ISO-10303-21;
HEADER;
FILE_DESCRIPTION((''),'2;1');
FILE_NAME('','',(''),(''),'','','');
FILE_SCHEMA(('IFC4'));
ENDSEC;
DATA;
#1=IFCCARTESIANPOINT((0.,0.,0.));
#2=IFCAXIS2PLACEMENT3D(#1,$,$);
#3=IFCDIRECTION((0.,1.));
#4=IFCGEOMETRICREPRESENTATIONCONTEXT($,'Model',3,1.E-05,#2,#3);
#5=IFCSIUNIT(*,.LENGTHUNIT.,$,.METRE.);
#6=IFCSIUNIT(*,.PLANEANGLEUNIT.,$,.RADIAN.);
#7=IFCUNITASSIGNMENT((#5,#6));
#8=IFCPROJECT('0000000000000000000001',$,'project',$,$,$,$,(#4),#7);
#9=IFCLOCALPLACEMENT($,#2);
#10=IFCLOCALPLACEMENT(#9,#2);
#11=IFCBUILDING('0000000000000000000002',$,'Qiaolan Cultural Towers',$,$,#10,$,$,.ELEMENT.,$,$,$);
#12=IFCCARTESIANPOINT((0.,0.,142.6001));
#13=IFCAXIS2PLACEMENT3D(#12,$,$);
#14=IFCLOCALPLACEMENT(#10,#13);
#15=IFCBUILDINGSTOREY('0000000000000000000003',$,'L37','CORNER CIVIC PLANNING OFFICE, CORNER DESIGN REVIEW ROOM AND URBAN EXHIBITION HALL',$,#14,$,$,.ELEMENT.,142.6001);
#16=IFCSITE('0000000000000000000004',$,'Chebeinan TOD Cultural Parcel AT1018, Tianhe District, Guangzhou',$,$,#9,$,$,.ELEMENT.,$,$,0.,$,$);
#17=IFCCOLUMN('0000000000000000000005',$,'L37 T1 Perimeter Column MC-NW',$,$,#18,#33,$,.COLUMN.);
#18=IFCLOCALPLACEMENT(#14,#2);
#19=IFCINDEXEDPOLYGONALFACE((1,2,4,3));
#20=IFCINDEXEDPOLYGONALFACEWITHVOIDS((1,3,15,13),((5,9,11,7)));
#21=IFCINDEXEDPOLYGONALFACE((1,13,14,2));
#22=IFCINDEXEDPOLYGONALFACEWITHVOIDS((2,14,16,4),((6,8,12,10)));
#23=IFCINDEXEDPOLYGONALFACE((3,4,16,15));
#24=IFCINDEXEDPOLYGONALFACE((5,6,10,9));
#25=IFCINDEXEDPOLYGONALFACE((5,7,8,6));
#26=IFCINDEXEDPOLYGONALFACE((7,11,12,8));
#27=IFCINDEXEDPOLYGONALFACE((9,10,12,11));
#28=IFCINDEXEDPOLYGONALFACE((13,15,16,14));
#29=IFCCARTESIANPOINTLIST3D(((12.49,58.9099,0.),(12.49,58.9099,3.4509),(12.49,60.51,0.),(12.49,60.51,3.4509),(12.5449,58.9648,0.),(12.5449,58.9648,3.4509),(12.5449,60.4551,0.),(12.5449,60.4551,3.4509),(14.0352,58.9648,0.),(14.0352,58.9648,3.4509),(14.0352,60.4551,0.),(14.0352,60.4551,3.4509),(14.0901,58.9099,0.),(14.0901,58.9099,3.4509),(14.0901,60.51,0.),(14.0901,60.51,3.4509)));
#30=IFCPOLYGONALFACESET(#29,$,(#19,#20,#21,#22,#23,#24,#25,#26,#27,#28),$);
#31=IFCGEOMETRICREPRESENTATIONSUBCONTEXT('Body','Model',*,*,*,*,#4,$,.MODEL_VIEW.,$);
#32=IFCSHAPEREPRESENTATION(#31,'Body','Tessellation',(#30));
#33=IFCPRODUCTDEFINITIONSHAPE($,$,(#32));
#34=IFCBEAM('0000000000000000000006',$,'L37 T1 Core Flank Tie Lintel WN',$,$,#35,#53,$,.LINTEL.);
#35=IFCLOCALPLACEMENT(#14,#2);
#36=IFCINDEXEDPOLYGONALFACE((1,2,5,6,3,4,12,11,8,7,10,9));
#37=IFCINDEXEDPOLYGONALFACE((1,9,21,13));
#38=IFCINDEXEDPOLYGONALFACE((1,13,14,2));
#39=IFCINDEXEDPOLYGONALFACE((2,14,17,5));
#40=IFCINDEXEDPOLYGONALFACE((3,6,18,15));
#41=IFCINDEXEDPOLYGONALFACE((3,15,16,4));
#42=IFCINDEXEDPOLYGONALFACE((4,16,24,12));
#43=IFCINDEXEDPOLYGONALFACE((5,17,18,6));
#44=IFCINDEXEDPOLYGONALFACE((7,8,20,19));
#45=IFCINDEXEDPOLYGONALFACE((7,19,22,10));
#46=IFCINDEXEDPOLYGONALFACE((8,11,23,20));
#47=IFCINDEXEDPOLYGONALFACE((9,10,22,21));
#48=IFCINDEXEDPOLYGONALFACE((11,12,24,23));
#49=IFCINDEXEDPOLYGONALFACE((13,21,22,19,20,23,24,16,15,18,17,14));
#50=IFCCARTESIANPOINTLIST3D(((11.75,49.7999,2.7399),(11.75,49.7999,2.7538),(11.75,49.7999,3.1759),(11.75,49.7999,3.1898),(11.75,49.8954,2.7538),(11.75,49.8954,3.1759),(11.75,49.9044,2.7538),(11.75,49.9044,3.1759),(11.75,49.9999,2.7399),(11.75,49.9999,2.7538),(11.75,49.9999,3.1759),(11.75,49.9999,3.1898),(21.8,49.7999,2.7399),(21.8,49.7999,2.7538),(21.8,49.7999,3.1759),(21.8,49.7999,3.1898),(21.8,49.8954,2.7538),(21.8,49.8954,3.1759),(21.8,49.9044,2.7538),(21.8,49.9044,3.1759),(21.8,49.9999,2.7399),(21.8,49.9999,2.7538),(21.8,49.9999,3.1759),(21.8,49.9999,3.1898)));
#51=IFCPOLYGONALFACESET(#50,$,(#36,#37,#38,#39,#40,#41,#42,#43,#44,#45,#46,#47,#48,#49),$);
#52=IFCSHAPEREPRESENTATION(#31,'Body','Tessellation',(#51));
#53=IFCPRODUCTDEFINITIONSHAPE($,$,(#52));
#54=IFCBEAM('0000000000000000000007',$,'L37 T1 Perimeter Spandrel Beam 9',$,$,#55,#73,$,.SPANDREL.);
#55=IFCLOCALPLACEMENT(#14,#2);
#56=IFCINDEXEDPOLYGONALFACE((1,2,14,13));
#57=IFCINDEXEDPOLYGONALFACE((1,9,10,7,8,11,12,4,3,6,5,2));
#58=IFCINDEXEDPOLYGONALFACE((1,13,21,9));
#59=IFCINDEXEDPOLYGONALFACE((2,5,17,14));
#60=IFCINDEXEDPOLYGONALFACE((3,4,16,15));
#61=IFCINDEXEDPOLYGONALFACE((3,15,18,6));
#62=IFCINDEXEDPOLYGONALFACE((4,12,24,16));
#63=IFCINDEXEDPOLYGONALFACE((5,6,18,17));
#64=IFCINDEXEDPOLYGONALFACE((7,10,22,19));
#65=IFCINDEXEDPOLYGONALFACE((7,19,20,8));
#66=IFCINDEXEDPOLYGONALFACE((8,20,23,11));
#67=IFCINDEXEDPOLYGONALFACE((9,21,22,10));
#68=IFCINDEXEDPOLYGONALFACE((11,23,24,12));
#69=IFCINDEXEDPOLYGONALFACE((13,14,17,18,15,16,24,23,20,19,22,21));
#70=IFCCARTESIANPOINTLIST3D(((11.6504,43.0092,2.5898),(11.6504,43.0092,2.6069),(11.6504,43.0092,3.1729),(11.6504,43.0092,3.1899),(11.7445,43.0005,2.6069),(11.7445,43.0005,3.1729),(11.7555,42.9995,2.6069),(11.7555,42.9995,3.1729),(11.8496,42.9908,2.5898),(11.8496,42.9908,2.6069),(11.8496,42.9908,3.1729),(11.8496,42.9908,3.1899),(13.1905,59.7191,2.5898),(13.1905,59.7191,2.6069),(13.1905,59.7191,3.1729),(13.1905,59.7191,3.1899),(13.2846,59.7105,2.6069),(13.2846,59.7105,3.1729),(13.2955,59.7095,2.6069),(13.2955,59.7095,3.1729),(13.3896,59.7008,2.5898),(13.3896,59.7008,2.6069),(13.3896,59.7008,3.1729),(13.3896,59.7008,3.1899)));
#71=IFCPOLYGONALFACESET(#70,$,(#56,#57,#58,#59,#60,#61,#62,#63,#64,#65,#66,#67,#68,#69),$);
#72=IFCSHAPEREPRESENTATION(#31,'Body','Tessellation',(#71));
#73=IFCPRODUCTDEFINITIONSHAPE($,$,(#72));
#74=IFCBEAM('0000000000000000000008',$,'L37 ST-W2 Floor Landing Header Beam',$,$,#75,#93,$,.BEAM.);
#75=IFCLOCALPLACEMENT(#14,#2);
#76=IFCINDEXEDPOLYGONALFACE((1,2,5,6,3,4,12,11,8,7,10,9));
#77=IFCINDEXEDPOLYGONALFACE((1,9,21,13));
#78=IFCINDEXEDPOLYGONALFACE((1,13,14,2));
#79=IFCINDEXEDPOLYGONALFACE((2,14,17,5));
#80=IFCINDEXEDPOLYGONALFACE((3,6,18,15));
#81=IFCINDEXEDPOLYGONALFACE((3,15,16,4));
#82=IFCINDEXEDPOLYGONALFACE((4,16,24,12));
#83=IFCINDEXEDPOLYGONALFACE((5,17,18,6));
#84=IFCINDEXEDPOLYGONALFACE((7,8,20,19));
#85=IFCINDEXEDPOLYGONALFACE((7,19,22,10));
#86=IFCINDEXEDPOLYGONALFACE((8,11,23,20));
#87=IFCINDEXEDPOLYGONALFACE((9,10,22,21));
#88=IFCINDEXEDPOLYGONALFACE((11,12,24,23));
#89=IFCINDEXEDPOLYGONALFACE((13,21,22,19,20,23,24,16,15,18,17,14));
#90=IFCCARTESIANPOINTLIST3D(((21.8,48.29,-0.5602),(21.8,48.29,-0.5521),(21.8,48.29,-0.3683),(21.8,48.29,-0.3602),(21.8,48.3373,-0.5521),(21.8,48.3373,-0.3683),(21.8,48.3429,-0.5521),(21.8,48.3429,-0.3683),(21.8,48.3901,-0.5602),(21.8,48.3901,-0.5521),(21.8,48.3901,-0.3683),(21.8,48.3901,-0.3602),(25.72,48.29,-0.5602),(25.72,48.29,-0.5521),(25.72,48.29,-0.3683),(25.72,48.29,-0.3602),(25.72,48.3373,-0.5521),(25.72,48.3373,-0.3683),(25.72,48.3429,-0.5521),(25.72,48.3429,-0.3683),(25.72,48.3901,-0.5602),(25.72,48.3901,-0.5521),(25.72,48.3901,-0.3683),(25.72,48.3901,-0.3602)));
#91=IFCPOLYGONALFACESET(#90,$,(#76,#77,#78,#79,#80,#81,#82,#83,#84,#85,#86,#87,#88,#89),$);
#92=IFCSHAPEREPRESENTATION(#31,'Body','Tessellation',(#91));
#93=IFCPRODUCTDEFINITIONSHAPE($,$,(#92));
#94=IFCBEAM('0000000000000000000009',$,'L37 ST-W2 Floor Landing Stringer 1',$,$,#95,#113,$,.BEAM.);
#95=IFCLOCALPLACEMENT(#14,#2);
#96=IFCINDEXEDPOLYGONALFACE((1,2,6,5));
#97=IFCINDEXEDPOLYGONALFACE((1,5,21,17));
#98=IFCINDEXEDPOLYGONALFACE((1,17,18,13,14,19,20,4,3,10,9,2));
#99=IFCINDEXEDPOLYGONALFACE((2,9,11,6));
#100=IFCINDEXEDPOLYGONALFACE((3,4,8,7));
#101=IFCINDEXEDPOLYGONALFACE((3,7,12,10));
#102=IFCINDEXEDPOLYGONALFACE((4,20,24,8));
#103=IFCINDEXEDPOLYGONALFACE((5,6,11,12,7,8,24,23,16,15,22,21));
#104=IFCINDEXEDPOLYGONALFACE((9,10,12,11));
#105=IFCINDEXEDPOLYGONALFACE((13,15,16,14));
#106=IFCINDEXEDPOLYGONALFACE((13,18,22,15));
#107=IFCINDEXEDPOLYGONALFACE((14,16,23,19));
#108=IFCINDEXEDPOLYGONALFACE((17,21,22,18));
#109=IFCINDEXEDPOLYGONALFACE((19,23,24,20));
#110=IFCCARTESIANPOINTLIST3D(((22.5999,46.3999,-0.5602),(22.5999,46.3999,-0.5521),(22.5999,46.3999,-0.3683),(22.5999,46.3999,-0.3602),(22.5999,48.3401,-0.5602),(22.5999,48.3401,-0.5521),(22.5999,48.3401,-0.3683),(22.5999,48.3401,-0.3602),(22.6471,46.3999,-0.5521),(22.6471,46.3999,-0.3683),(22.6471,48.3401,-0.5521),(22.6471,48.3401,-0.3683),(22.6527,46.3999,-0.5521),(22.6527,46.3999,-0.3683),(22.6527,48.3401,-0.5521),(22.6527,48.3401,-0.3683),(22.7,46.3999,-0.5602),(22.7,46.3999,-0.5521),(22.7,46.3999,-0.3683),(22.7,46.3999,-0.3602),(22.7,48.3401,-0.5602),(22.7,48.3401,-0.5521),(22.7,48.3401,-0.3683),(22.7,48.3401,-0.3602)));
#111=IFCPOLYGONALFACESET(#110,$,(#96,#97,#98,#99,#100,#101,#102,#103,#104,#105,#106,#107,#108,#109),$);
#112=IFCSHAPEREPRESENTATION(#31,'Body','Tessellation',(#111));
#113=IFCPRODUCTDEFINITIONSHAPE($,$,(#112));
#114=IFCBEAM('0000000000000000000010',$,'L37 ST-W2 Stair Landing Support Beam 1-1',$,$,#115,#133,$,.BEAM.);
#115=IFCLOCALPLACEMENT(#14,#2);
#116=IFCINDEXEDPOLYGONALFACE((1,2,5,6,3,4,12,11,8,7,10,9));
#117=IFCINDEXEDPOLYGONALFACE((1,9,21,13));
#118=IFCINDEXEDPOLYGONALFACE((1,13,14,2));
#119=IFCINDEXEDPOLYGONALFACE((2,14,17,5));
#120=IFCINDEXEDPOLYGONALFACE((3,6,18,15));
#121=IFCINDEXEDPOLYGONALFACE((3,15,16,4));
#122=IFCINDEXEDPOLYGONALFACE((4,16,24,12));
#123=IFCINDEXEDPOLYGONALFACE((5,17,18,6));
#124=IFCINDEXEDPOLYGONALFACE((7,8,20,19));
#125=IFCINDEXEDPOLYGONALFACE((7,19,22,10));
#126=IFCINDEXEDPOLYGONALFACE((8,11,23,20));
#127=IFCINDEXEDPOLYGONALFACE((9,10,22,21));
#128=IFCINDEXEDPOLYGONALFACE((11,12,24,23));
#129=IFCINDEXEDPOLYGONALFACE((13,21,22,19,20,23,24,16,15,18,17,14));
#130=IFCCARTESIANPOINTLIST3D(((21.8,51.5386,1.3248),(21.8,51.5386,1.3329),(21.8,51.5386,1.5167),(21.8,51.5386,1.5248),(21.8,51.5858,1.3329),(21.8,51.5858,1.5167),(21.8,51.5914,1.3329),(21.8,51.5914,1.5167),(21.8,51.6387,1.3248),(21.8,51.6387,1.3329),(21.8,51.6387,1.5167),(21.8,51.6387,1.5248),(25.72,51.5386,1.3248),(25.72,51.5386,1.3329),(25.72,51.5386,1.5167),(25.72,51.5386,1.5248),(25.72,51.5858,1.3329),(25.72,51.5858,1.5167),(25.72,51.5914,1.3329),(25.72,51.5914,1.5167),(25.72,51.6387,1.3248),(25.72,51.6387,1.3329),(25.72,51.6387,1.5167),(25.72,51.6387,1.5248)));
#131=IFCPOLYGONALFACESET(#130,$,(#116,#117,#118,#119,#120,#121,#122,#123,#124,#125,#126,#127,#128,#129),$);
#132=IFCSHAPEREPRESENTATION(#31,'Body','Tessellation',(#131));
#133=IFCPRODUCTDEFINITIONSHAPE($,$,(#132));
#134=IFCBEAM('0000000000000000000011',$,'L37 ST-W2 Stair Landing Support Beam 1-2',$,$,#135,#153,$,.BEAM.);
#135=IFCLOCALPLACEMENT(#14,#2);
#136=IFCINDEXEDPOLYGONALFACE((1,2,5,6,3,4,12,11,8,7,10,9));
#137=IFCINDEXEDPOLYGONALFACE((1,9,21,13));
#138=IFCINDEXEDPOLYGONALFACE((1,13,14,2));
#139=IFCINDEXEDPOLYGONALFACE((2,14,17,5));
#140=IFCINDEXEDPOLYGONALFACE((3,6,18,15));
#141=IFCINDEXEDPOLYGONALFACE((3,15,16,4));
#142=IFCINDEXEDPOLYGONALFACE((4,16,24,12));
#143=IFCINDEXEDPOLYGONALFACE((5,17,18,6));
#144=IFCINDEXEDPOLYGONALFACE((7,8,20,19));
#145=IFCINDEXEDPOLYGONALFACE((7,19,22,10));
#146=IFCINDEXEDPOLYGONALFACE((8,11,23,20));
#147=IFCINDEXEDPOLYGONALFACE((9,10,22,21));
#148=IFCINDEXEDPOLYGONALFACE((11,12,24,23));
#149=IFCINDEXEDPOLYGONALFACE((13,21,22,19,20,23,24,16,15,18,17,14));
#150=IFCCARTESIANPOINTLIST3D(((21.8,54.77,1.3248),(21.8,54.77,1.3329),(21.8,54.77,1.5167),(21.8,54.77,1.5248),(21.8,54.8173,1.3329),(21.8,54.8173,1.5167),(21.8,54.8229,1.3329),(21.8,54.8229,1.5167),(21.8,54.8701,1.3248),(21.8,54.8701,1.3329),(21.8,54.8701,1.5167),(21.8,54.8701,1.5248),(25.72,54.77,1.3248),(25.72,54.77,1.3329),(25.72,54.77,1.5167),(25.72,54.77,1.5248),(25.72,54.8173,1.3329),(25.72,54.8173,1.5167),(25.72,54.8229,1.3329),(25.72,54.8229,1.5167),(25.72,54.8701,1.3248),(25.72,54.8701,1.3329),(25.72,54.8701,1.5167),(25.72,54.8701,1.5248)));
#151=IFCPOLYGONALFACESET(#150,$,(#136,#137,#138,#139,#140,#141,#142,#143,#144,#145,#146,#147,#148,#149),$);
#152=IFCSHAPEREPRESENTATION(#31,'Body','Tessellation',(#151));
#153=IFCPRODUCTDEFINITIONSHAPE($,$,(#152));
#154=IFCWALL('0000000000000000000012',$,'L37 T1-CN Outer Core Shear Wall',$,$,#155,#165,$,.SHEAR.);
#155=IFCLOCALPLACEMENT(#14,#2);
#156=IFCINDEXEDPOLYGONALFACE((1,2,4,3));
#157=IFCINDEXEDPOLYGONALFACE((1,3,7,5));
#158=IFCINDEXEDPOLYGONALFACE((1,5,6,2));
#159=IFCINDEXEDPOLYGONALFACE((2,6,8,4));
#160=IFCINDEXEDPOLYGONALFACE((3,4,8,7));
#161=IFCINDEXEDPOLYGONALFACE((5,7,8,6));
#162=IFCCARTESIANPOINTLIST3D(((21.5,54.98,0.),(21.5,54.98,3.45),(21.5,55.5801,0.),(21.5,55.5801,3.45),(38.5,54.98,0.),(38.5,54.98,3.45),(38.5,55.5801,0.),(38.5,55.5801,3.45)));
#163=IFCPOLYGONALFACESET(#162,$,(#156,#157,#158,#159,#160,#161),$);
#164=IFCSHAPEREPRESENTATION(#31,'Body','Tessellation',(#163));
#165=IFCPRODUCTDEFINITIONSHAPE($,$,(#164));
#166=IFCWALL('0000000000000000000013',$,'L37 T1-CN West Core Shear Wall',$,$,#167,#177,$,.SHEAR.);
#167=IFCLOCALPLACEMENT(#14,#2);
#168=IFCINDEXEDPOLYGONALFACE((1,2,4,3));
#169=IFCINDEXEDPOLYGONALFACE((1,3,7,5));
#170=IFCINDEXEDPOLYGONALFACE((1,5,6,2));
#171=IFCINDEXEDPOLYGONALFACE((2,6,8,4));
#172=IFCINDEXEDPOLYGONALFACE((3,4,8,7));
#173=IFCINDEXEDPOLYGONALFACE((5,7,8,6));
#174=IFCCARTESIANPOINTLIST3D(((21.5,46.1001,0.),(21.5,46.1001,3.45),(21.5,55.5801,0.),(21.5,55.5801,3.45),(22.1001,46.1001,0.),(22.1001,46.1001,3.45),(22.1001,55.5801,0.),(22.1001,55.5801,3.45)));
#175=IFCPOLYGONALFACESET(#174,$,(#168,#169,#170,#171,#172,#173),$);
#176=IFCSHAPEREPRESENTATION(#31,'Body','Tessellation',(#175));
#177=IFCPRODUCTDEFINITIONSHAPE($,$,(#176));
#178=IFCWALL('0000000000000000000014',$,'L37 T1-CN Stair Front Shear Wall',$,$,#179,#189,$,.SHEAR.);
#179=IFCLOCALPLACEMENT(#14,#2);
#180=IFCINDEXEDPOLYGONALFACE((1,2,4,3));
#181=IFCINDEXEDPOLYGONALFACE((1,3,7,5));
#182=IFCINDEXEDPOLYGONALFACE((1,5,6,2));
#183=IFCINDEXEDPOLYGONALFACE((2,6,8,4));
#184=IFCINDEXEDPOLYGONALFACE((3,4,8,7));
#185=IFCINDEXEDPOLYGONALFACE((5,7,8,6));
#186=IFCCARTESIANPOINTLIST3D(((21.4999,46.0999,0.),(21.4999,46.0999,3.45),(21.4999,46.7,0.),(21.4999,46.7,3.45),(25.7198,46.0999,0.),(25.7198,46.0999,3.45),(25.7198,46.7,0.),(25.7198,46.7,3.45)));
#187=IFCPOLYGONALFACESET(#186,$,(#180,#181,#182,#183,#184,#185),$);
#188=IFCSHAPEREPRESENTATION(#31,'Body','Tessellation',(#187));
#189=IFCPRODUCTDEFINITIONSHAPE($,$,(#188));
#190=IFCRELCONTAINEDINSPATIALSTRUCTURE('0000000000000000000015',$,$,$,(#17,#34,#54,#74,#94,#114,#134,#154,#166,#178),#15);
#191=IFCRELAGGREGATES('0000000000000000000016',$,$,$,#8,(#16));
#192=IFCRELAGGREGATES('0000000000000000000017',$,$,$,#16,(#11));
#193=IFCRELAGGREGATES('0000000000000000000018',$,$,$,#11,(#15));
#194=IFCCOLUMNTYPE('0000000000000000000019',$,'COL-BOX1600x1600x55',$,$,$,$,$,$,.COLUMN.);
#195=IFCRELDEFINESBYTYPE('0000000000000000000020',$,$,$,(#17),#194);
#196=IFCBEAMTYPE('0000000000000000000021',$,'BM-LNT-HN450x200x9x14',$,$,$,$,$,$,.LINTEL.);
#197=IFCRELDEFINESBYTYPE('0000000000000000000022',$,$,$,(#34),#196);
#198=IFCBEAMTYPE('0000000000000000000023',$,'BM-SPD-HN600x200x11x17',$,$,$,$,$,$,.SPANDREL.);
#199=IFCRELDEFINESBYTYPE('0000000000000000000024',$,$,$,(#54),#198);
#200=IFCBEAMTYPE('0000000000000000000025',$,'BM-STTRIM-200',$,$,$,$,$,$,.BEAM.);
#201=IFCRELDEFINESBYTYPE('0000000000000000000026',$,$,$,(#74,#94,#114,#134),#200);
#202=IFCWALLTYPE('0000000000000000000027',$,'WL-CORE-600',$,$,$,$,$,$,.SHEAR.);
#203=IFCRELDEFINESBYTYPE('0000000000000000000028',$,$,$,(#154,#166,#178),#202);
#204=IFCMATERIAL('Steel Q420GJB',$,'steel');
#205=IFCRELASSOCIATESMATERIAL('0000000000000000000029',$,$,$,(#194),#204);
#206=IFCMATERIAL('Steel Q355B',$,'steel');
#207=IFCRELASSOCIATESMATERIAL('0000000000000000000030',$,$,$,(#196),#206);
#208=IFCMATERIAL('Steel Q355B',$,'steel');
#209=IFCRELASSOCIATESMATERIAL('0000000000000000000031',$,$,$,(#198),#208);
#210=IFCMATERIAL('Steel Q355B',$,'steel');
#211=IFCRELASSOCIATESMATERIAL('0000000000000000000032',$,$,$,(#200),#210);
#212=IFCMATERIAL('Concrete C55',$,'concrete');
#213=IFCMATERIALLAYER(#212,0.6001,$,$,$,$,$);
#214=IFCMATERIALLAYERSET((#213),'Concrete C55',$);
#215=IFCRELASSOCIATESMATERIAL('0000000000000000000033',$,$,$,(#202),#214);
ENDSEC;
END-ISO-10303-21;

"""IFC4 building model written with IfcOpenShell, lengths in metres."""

from ifc_helpers import new_model, si_unit, direction, frame, frame_2d, origin, origin_2d, place, context, subcontext, project, spatial, rectangle, hollow_rectangle, i_section, extrude, material, layer, layer_set, material_profile, profile_set, type_object, element, save


model = new_model("IFC4")

# Units and contexts
model_context = context("Model", 3, precision=1e-05, world=origin(), true_north=direction((0.0, 1.0)))
body_context = subcontext(model_context, "Body", "Model", "MODEL_VIEW")
ifc_project = project(units=[si_unit("LENGTHUNIT", "METRE"), si_unit("PLANEANGLEUNIT", "RADIAN")], contexts=[model_context])

# Site, building, storey
site_placement = place(None, origin())
site = spatial("IfcSite", under=ifc_project, at=site_placement, Name="Chebeinan TOD Cultural Parcel AT1018, Tianhe District, Guangzhou", CompositionType="ELEMENT", RefElevation=0.0)
building_placement = place(site_placement, origin())
building = spatial("IfcBuilding", under=site, at=building_placement, Name="Qiaolan Cultural Towers", CompositionType="ELEMENT")
storey_placement = place(building_placement, frame((0.0, 0.0, 142.6001)))
storey = spatial("IfcBuildingStorey", under=building, at=storey_placement, Name="L37", Description="CORNER CIVIC PLANNING OFFICE, CORNER DESIGN REVIEW ROOM AND URBAN EXHIBITION HALL", CompositionType="ELEMENT", Elevation=142.6001)

# Column
ifc_material_1 = material(Name="Steel Q420GJB", Category="steel")
ifc_material_profile_1 = material_profile(ifc_material_1, hollow_rectangle(XDim=1.6001, YDim=1.6001, WallThickness=0.0549, at=origin_2d()), Name="BOX1600x1600x55")
ifc_profile_set_1 = profile_set([ifc_material_profile_1], Name="Steel Q420GJB")
column_type = type_object("IfcColumnType", Name="COL-BOX1600x1600x55", PredefinedType="COLUMN", material=ifc_profile_set_1)
column_placement = place(storey_placement, frame((13.29, 59.71, 0.0), z_axis=(0.0, 0.0, 1.0), x_axis=(1.0, 0.0, 0.0)))
element("IfcColumn", 1, at=column_placement, inside=storey, type_object=column_type, Name="L37 T1 Perimeter Column MC-NW", PredefinedType="COLUMN", context=body_context, shape_type="SweptSolid", body=[
    extrude(hollow_rectangle(XDim=1.6001, YDim=1.6001, WallThickness=0.0549, at=origin_2d()), origin(), (0.0, 0.0, 1.0), 3.4509),
])

# Beams
ifc_material_2 = material(Name="Steel Q355B", Category="steel")
ifc_material_profile_2 = material_profile(ifc_material_2, i_section(OverallWidth=0.2, OverallDepth=0.45, WebThickness=0.009, FlangeThickness=0.0139, at=origin_2d()), Name="HN450x200x9x14")
ifc_profile_set_2 = profile_set([ifc_material_profile_2], Name="Steel Q355B")
beam_type_1 = type_object("IfcBeamType", Name="BM-LNT-HN450x200x9x14", PredefinedType="LINTEL", material=ifc_profile_set_2)
beam_1_placement = place(storey_placement, frame((21.8, 49.8999, 2.9648), z_axis=(-1.0, 0.0, 0.0), x_axis=(0.0, -1.0, 0.0)))
element("IfcBeam", 2, at=beam_1_placement, inside=storey, type_object=beam_type_1, Name="L37 T1 Core Flank Tie Lintel WN", PredefinedType="LINTEL", context=body_context, shape_type="SweptSolid", body=[
    extrude(i_section(OverallWidth=0.2, OverallDepth=0.45, WebThickness=0.009, FlangeThickness=0.0139, at=origin_2d()), origin(), (0.0, 0.0, 1.0), 10.05),
])
ifc_material_3 = material(Name="Steel Q355B", Category="steel")
ifc_material_profile_3 = material_profile(ifc_material_3, i_section(OverallWidth=0.2, OverallDepth=0.6001, WebThickness=0.011, FlangeThickness=0.0171, at=origin_2d()), Name="HN600x200x11x17")
ifc_profile_set_3 = profile_set([ifc_material_profile_3], Name="Steel Q355B")
beam_type_2 = type_object("IfcBeamType", Name="BM-SPD-HN600x200x11x17", PredefinedType="SPANDREL", material=ifc_profile_set_3)
beam_2_placement = place(storey_placement, frame((13.29, 59.71, 2.8899), z_axis=(-0.091774, -0.99578, 0.0), x_axis=(0.99578, -0.091774, 0.0)))
element("IfcBeam", 3, at=beam_2_placement, inside=storey, type_object=beam_type_2, Name="L37 T1 Perimeter Spandrel Beam 9", PredefinedType="SPANDREL", context=body_context, shape_type="SweptSolid", body=[
    extrude(i_section(OverallWidth=0.2, OverallDepth=0.6001, WebThickness=0.011, FlangeThickness=0.0171, at=origin_2d()), origin(), (0.0, 0.0, 1.0), 16.7808),
])
ifc_material_4 = material(Name="Steel Q355B", Category="steel")
ifc_material_profile_4 = material_profile(ifc_material_4, i_section(OverallWidth=0.1001, OverallDepth=0.2, WebThickness=0.0056, FlangeThickness=0.0081, at=origin_2d()), Name="HN200x100x5.5x8")
ifc_profile_set_4 = profile_set([ifc_material_profile_4], Name="Steel Q355B")
beam_type_3 = type_object("IfcBeamType", Name="BM-STTRIM-200", PredefinedType="BEAM", material=ifc_profile_set_4)
beam_3_placement = place(storey_placement, frame((21.8, 48.3401, -0.4602), z_axis=(1.0, 0.0, 0.0), x_axis=(0.0, 1.0, 0.0)))
element("IfcBeam", 4, at=beam_3_placement, inside=storey, type_object=beam_type_3, Name="L37 ST-W2 Floor Landing Header Beam", PredefinedType="BEAM", context=body_context, shape_type="SweptSolid", body=[
    extrude(i_section(OverallWidth=0.1001, OverallDepth=0.2, WebThickness=0.0056, FlangeThickness=0.0081, at=origin_2d()), origin(), (0.0, 0.0, 1.0), 3.9199),
])
beam_4_placement = place(storey_placement, frame((22.6499, 46.3999, -0.4602), z_axis=(0.0, 1.0, 0.0), x_axis=(-1.0, 0.0, 0.0)))
element("IfcBeam", 5, at=beam_4_placement, inside=storey, type_object=beam_type_3, Name="L37 ST-W2 Floor Landing Stringer 1", PredefinedType="BEAM", context=body_context, shape_type="SweptSolid", body=[
    extrude(i_section(OverallWidth=0.1001, OverallDepth=0.2, WebThickness=0.0056, FlangeThickness=0.0081, at=origin_2d()), origin(), (0.0, 0.0, 1.0), 1.9402),
])
for number, where, z_axis, x_axis, name in (
    (6, (21.8, 51.5886, 1.4248), (1.0, 0.0, 0.0), (0.0, 1.0, 0.0), "L37 ST-W2 Stair Landing Support Beam 1-1"),
    (7, (21.8, 54.8201, 1.4248), (1.0, 0.0, 0.0), (0.0, 1.0, 0.0), "L37 ST-W2 Stair Landing Support Beam 1-2"),
):
    element("IfcBeam", number, at=place(storey_placement, frame(where, z_axis=z_axis, x_axis=x_axis)), inside=storey, type_object=beam_type_3, Name=name, PredefinedType="BEAM", context=body_context, shape_type="SweptSolid", body=[
        extrude(i_section(OverallWidth=0.1001, OverallDepth=0.2, WebThickness=0.0056, FlangeThickness=0.0081, at=origin_2d()), origin(), (0.0, 0.0, 1.0), 3.9199),
    ])

# Walls
ifc_material_5 = material(Name="Concrete C55", Category="concrete")
ifc_layer_1 = layer(ifc_material_5, 0.6001)
ifc_layer_set_1 = layer_set([ifc_layer_1], Name="Concrete C55")
wall_type_1 = type_object("IfcWallType", Name="WL-CORE-600", PredefinedType="SHEAR", material=ifc_layer_set_1)
wall_1_placement = place(storey_placement, frame((21.5, 55.28, 0.0), z_axis=(0.0, 0.0, 1.0), x_axis=(1.0, 0.0, 0.0)))
element("IfcWall", 8, at=wall_1_placement, inside=storey, type_object=wall_type_1, Name="L37 T1-CN Outer Core Shear Wall", PredefinedType="SHEAR", context=body_context, shape_type="SweptSolid", body=[
    extrude(rectangle(XDim=17.0, YDim=0.6001, at=frame_2d((8.5, 0.0))), origin(), (0.0, 0.0, 1.0), 3.45),
])
wall_2_placement = place(storey_placement, frame((21.8, 46.1001, 0.0), z_axis=(0.0, 0.0, 1.0), x_axis=(0.0, 1.0, 0.0)))
element("IfcWall", 9, at=wall_2_placement, inside=storey, type_object=wall_type_1, Name="L37 T1-CN West Core Shear Wall", PredefinedType="SHEAR", context=body_context, shape_type="SweptSolid", body=[
    extrude(rectangle(XDim=9.48, YDim=0.6001, at=frame_2d((4.74, 0.0))), origin(), (0.0, 0.0, 1.0), 3.45),
])
wall_3_placement = place(storey_placement, frame((21.5, 46.3999, 0.0), z_axis=(0.0, 0.0, 1.0), x_axis=(1.0, 0.0, 0.0)))
element("IfcWall", 10, at=wall_3_placement, inside=storey, type_object=wall_type_1, Name="L37 T1-CN Stair Front Shear Wall", PredefinedType="SHEAR", context=body_context, shape_type="SweptSolid", body=[
    extrude(rectangle(XDim=4.22, YDim=0.6001, at=frame_2d((2.1099, 0.0))), origin(), (0.0, 0.0, 1.0), 3.45),
])

save(model, "model.ifc")
